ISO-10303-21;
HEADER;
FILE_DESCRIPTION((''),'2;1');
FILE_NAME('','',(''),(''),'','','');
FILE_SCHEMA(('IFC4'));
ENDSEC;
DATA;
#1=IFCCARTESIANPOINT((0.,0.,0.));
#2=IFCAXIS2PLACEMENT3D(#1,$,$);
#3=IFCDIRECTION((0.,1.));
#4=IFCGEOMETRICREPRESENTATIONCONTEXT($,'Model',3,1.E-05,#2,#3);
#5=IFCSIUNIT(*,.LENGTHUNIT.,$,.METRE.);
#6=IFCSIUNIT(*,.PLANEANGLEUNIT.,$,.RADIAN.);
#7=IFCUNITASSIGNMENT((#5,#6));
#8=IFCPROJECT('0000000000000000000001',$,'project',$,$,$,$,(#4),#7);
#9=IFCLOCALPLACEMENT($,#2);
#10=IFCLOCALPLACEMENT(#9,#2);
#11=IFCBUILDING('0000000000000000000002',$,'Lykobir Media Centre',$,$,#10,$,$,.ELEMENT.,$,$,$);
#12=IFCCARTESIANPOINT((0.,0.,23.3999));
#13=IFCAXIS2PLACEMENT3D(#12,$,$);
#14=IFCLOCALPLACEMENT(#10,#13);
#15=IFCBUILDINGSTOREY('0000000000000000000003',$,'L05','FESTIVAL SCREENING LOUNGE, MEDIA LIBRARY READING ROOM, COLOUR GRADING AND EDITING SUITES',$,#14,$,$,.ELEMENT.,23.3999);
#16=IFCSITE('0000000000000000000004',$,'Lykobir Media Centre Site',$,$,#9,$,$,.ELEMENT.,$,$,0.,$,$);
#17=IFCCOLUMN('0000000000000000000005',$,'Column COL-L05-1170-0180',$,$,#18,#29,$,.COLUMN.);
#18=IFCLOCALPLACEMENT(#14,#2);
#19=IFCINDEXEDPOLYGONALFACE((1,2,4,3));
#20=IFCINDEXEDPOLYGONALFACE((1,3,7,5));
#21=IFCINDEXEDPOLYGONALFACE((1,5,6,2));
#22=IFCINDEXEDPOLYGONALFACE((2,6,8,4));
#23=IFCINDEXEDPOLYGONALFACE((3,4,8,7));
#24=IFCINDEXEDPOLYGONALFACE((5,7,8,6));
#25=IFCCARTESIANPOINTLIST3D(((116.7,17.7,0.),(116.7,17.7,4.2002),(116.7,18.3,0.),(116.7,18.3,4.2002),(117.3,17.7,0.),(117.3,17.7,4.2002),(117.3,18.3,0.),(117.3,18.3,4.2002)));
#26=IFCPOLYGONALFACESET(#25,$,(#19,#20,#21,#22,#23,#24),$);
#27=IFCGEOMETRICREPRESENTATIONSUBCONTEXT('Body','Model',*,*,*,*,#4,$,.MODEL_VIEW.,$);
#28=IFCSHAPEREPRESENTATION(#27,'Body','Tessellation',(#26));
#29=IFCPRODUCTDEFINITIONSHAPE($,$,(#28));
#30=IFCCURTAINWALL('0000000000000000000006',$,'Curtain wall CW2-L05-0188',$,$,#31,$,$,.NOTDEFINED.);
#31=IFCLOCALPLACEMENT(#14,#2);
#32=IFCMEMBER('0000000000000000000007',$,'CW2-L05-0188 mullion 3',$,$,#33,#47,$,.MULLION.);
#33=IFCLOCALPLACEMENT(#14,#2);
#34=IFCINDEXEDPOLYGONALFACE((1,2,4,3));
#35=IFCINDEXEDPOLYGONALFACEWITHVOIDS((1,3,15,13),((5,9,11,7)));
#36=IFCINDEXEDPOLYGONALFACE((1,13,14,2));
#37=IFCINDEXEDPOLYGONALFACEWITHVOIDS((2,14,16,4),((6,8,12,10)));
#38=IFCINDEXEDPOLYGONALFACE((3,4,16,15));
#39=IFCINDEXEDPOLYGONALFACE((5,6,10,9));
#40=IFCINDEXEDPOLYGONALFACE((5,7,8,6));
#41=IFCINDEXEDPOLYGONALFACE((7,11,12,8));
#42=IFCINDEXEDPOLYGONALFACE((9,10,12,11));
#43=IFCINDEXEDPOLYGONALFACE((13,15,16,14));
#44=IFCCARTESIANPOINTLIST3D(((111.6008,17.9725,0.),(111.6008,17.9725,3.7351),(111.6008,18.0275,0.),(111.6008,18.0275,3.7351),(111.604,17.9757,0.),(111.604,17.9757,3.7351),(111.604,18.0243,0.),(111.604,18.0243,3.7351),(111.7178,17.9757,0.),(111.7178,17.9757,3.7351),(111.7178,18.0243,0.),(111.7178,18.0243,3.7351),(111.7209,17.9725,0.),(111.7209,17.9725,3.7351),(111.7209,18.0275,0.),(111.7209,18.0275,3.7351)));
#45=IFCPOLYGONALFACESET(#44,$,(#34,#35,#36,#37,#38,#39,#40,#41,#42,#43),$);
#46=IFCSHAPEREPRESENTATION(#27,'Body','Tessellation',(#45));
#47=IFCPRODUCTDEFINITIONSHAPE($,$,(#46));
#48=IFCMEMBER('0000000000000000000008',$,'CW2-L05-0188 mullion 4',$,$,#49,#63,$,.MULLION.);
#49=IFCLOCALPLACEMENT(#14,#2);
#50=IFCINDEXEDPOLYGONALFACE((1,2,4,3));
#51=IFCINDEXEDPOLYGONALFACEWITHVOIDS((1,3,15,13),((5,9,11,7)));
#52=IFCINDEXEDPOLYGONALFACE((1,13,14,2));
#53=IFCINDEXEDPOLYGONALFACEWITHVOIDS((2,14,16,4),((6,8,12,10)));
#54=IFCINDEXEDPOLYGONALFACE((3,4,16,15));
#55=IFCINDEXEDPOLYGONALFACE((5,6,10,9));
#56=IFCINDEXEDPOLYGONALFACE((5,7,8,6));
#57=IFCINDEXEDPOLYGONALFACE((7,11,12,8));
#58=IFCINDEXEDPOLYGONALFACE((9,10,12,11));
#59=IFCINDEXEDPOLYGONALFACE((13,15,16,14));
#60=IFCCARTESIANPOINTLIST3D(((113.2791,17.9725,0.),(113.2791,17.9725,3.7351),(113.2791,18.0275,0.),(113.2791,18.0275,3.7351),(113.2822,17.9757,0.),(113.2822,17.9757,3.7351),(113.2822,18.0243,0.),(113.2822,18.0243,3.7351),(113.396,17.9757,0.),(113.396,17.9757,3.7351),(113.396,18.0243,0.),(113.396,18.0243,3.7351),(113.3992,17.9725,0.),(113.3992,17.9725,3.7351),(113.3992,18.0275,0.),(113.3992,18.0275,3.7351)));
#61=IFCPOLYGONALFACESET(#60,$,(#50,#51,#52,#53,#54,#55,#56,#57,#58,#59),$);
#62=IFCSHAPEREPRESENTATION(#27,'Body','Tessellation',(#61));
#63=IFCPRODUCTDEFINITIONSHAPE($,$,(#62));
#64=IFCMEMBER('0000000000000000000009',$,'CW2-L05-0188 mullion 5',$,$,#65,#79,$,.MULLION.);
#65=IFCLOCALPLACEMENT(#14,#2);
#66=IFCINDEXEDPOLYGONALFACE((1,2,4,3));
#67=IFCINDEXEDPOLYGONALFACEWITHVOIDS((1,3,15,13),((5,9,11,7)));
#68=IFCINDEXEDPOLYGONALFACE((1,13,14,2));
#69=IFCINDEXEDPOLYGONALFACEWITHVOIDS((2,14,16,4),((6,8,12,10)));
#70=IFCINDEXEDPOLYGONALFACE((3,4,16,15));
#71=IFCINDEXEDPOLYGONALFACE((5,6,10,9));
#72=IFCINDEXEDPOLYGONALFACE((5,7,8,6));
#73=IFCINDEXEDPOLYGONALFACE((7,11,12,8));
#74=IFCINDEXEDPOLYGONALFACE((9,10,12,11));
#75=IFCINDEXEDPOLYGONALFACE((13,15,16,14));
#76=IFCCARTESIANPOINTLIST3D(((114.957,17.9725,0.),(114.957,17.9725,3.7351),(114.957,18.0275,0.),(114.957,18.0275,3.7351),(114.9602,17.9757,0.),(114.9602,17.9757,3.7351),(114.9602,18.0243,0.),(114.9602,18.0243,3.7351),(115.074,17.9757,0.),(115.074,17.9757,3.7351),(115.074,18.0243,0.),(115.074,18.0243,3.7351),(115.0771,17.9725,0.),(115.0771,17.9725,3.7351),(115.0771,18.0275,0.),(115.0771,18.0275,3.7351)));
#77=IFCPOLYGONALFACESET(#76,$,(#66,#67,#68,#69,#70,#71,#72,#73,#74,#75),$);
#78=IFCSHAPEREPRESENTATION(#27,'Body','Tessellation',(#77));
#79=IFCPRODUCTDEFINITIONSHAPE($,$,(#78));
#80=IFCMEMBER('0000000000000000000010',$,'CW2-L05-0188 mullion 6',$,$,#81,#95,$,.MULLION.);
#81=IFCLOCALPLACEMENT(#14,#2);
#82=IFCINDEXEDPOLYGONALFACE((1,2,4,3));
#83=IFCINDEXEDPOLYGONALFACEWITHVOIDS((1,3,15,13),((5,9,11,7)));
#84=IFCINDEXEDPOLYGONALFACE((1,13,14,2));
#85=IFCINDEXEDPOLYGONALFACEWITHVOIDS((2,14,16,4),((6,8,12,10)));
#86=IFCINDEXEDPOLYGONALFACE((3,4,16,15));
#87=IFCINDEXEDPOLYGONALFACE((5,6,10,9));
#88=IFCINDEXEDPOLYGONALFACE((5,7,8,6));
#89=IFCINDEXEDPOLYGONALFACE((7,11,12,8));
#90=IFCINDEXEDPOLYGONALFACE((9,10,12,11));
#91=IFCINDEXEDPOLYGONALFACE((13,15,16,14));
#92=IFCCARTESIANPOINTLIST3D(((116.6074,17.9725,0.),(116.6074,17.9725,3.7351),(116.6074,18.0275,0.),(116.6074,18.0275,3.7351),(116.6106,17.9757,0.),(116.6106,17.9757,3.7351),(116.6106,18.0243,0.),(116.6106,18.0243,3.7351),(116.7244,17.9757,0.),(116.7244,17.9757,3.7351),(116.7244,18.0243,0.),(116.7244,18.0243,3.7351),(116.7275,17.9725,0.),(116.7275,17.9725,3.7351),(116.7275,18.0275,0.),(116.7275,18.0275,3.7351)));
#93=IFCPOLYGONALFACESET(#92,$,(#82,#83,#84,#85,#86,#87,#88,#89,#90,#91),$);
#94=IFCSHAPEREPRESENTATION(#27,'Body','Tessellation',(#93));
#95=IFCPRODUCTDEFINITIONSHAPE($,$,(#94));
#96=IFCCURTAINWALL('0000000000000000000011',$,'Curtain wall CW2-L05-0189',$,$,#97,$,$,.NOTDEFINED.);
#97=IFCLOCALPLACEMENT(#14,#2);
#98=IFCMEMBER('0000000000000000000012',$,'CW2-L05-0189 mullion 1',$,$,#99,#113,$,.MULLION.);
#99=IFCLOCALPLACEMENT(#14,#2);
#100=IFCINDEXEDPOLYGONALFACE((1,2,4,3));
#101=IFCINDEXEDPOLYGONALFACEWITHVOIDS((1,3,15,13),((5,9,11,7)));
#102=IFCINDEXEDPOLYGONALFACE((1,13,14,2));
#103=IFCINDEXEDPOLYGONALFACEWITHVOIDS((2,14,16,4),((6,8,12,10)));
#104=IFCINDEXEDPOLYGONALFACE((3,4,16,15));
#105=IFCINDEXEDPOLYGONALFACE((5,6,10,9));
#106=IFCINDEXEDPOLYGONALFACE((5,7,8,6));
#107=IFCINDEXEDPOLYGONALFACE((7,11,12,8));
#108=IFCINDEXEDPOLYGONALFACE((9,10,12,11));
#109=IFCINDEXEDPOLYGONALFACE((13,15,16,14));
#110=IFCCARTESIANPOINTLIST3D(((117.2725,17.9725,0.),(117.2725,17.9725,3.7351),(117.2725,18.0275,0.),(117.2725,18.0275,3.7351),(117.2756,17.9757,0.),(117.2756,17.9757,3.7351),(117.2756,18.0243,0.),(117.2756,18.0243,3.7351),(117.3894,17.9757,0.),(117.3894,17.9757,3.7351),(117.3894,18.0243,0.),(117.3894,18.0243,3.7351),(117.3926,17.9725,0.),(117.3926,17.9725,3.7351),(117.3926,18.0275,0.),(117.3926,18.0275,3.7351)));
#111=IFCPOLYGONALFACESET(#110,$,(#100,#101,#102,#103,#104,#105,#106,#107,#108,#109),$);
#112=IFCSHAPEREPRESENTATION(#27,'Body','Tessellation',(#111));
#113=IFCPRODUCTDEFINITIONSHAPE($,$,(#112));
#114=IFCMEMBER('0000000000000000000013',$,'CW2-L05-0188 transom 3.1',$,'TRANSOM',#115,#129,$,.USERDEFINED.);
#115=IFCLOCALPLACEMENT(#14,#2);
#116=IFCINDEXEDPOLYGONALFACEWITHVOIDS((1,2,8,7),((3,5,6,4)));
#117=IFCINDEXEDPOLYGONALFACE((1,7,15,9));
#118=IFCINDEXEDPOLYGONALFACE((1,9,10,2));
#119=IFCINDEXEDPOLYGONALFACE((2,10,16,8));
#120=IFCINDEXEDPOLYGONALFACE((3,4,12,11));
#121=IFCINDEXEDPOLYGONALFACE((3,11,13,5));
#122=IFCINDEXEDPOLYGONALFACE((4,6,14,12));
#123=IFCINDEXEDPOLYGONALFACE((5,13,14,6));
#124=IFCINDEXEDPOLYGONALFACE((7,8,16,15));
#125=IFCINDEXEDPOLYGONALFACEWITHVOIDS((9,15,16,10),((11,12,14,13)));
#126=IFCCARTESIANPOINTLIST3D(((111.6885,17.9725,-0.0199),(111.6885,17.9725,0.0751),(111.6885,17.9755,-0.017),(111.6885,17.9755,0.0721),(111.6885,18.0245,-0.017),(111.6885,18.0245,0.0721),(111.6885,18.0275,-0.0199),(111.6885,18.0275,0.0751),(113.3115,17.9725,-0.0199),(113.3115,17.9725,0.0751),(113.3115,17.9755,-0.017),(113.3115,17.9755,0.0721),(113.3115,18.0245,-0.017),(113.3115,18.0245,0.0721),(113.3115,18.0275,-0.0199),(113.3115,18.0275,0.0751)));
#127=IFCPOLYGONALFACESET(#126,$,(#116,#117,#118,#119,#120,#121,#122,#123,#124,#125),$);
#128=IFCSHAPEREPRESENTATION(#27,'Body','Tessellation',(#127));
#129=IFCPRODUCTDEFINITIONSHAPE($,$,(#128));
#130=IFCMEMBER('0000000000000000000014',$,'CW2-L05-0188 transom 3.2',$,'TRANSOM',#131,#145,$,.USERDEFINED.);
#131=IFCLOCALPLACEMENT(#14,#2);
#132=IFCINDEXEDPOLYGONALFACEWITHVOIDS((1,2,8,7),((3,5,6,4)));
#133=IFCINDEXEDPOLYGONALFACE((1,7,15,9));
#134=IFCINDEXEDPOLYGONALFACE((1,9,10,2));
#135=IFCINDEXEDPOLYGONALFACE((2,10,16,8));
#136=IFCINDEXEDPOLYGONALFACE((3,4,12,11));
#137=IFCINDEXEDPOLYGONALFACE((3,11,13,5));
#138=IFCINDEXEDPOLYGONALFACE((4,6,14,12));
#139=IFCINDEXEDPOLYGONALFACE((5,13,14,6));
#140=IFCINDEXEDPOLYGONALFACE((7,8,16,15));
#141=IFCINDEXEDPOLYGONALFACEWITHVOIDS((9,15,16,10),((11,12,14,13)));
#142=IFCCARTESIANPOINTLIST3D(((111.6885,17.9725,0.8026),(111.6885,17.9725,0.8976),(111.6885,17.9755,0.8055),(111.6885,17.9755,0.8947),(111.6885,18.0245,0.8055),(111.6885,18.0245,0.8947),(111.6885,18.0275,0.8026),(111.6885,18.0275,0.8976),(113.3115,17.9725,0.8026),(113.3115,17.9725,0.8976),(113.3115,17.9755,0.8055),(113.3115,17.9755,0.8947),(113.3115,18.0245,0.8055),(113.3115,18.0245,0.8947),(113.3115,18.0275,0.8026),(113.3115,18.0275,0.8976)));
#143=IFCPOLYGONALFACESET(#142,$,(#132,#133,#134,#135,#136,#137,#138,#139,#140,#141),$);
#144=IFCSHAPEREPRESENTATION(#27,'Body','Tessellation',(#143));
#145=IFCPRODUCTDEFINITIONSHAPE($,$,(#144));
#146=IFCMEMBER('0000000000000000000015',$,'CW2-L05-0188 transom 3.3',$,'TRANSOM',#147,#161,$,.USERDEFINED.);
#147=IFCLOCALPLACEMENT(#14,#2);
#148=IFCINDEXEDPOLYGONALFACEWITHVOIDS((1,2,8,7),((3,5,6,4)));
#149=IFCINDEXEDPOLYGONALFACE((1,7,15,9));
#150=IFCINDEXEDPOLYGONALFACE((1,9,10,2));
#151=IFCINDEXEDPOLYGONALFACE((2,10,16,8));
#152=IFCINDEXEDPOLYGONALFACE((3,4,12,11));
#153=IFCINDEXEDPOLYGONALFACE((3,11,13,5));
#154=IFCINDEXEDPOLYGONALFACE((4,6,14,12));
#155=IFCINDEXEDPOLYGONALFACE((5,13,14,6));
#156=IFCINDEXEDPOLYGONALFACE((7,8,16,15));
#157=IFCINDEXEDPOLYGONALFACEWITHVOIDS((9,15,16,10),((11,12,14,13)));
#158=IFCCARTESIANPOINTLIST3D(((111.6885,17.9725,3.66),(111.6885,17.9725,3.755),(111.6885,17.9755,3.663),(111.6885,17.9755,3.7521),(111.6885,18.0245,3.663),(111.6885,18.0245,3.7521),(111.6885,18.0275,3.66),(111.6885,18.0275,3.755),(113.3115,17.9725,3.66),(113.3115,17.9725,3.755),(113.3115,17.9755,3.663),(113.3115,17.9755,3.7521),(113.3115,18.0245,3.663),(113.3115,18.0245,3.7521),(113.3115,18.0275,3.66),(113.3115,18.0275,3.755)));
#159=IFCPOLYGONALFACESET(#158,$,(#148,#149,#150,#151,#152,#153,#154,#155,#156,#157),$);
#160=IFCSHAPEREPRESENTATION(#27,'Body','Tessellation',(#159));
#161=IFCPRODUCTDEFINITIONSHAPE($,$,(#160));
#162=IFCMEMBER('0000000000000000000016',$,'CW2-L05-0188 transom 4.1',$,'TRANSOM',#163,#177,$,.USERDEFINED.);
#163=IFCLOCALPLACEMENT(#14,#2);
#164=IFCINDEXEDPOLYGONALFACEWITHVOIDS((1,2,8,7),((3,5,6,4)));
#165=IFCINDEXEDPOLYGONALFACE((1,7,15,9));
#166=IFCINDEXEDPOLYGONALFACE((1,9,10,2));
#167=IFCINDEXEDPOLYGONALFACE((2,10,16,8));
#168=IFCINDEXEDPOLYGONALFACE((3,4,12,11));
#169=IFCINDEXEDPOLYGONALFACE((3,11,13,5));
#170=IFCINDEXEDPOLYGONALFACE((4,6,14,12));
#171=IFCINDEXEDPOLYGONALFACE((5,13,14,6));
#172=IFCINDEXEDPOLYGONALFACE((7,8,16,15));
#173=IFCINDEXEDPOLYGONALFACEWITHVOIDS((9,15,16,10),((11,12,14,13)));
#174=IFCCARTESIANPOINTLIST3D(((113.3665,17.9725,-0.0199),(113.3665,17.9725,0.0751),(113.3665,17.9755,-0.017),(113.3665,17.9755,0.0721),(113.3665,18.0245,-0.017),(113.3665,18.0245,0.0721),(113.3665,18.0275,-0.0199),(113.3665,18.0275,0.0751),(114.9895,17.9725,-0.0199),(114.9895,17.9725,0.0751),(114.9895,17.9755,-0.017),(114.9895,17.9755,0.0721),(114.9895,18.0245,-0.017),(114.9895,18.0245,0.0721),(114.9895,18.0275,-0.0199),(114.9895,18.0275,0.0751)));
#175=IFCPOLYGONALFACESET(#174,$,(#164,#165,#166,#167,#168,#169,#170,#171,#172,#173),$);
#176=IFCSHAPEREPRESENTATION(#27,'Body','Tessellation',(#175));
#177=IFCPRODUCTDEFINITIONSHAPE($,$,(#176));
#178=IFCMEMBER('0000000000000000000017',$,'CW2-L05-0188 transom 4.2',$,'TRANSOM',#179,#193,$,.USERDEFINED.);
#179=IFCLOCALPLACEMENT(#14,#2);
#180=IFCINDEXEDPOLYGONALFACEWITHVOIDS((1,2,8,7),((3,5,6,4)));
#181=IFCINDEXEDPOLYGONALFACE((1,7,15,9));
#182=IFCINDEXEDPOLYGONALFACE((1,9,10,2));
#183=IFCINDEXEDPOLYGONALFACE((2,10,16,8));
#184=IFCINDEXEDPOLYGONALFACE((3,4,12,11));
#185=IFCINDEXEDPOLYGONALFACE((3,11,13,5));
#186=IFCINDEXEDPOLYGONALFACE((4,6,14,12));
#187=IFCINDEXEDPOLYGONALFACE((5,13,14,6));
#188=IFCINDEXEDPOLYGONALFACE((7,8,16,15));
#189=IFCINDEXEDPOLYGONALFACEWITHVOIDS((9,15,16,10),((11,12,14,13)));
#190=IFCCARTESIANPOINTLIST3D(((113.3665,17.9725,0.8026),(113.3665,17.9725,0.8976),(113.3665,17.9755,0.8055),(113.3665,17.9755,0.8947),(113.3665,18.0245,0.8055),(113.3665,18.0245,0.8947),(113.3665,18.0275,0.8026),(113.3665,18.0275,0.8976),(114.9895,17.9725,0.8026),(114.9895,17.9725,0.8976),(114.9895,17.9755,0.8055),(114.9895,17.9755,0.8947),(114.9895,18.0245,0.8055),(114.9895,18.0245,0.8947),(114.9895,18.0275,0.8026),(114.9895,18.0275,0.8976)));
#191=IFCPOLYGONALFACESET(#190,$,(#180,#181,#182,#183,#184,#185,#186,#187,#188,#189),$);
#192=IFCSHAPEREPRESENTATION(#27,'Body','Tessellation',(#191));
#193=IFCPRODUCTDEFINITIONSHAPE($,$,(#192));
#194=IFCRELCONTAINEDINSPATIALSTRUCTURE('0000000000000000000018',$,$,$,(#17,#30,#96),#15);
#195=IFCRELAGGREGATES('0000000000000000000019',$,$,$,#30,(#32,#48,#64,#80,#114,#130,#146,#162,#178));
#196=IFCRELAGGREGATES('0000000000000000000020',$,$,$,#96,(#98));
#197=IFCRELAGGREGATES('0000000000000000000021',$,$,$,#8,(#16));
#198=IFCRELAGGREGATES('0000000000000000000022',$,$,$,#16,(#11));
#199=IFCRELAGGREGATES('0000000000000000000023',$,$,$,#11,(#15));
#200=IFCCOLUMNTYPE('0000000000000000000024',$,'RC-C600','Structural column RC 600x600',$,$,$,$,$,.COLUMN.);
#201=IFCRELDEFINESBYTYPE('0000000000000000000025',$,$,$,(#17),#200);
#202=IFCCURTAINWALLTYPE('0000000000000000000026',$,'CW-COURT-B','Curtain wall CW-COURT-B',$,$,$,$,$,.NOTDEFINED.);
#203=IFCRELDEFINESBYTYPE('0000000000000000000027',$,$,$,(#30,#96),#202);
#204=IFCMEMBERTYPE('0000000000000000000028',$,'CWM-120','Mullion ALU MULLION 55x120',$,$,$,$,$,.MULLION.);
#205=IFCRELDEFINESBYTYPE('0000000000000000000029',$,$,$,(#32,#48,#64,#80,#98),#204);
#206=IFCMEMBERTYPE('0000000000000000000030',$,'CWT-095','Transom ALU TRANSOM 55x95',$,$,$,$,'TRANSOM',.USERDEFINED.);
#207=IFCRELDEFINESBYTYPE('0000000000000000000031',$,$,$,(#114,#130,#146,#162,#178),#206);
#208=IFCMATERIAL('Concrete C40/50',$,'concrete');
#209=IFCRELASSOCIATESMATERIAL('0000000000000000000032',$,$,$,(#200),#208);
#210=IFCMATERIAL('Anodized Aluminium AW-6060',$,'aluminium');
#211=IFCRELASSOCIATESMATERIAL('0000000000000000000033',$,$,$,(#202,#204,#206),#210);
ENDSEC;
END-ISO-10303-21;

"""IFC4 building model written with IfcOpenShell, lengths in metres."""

from ifc_helpers import new_model, si_unit, direction, frame, origin, origin_2d, place, context, subcontext, project, spatial, rectangle, hollow_rectangle, extrude, material, material_profile, profile_set, type_object, element, aggregate, save


model = new_model("IFC4")

# Units and contexts
model_context = context("Model", 3, precision=1e-05, world=origin(), true_north=direction((0.0, 1.0)))
body_context = subcontext(model_context, "Body", "Model", "MODEL_VIEW")
ifc_project = project(units=[si_unit("LENGTHUNIT", "METRE"), si_unit("PLANEANGLEUNIT", "RADIAN")], contexts=[model_context])

# Site, building, storey
site_placement = place(None, origin())
site = spatial("IfcSite", under=ifc_project, at=site_placement, Name="Lykobir Media Centre Site", CompositionType="ELEMENT", RefElevation=0.0)
building_placement = place(site_placement, origin())
building = spatial("IfcBuilding", under=site, at=building_placement, Name="Lykobir Media Centre", CompositionType="ELEMENT")
storey_placement = place(building_placement, frame((0.0, 0.0, 23.3999)))
storey = spatial("IfcBuildingStorey", under=building, at=storey_placement, Name="L05", Description="FESTIVAL SCREENING LOUNGE, MEDIA LIBRARY READING ROOM, COLOUR GRADING AND EDITING SUITES", CompositionType="ELEMENT", Elevation=23.3999)

# Column
ifc_material_1 = material(Name="Concrete C40/50", Category="concrete")
ifc_material_profile_1 = material_profile(ifc_material_1, rectangle(XDim=0.6001, YDim=0.6001, at=origin_2d()), Name="RC 600x600")
ifc_profile_set_1 = profile_set([ifc_material_profile_1], Name="Concrete C40/50")
column_type = type_object("IfcColumnType", Name="RC-C600", Description="Structural column RC 600x600", PredefinedType="COLUMN", material=ifc_profile_set_1)
column_placement = place(storey_placement, frame((117.0, 18.0, 0.0), z_axis=(0.0, 0.0, 1.0), x_axis=(1.0, 0.0, 0.0)))
element("IfcColumn", 1, at=column_placement, inside=storey, type_object=column_type, Name="Column COL-L05-1170-0180", PredefinedType="COLUMN", context=body_context, shape_type="SweptSolid", body=[
    extrude(rectangle(XDim=0.6001, YDim=0.6001, at=origin_2d()), origin(), (0.0, 0.0, 1.0), 4.2002),
])

# Curtain wall, members
ifc_material_2 = material(Name="Anodized Aluminium AW-6060", Category="aluminium")
curtain_wall_type = type_object("IfcCurtainWallType", Name="CW-COURT-B", Description="Curtain wall CW-COURT-B", PredefinedType="NOTDEFINED", material=ifc_material_2)
curtain_wall_1_placement = place(storey_placement, origin())
curtain_wall_1 = element("IfcCurtainWall", 2, at=curtain_wall_1_placement, inside=storey, type_object=curtain_wall_type, Name="Curtain wall CW2-L05-0188", PredefinedType="NOTDEFINED")
ifc_material_profile_2 = material_profile(ifc_material_2, hollow_rectangle(XDim=0.0549, YDim=0.1201, WallThickness=0.0032, at=origin_2d()), Name="ALU MULLION 55x120")
ifc_profile_set_2 = profile_set([ifc_material_profile_2], Name="Anodized Aluminium AW-6060")
member_type_1 = type_object("IfcMemberType", Name="CWM-120", Description="Mullion ALU MULLION 55x120", PredefinedType="MULLION", material=ifc_profile_set_2)
member_1_placement = place(storey_placement, frame((111.6609, 18.0, 0.0), z_axis=(0.0, 0.0, 1.0), x_axis=(0.0, 1.0, 0.0)))
member_1 = element("IfcMember", 3, at=member_1_placement, type_object=member_type_1, Name="CW2-L05-0188 mullion 3", PredefinedType="MULLION", context=body_context, shape_type="SweptSolid", body=[
    extrude(hollow_rectangle(XDim=0.0549, YDim=0.1201, WallThickness=0.0032, at=origin_2d()), origin(), (0.0, 0.0, 1.0), 3.7351),
])
member_2_placement = place(storey_placement, frame((113.3391, 18.0, 0.0), z_axis=(0.0, 0.0, 1.0), x_axis=(0.0, 1.0, 0.0)))
member_2 = element("IfcMember", 4, at=member_2_placement, type_object=member_type_1, Name="CW2-L05-0188 mullion 4", PredefinedType="MULLION", context=body_context, shape_type="SweptSolid", body=[
    extrude(hollow_rectangle(XDim=0.0549, YDim=0.1201, WallThickness=0.0032, at=origin_2d()), origin(), (0.0, 0.0, 1.0), 3.7351),
])
member_3_placement = place(storey_placement, frame((115.0171, 18.0, 0.0), z_axis=(0.0, 0.0, 1.0), x_axis=(0.0, 1.0, 0.0)))
member_3 = element("IfcMember", 5, at=member_3_placement, type_object=member_type_1, Name="CW2-L05-0188 mullion 5", PredefinedType="MULLION", context=body_context, shape_type="SweptSolid", body=[
    extrude(hollow_rectangle(XDim=0.0549, YDim=0.1201, WallThickness=0.0032, at=origin_2d()), origin(), (0.0, 0.0, 1.0), 3.7351),
])
member_4_placement = place(storey_placement, frame((116.6675, 18.0, 0.0), z_axis=(0.0, 0.0, 1.0), x_axis=(0.0, 1.0, 0.0)))
member_4 = element("IfcMember", 6, at=member_4_placement, type_object=member_type_1, Name="CW2-L05-0188 mullion 6", PredefinedType="MULLION", context=body_context, shape_type="SweptSolid", body=[
    extrude(hollow_rectangle(XDim=0.0549, YDim=0.1201, WallThickness=0.0032, at=origin_2d()), origin(), (0.0, 0.0, 1.0), 3.7351),
])

# Curtain wall, member
curtain_wall_2_placement = place(storey_placement, origin())
curtain_wall_2 = element("IfcCurtainWall", 7, at=curtain_wall_2_placement, inside=storey, type_object=curtain_wall_type, Name="Curtain wall CW2-L05-0189", PredefinedType="NOTDEFINED")
member_5_placement = place(storey_placement, frame((117.3325, 18.0, 0.0), z_axis=(0.0, 0.0, 1.0), x_axis=(0.0, 1.0, 0.0)))
member_5 = element("IfcMember", 8, at=member_5_placement, type_object=member_type_1, Name="CW2-L05-0189 mullion 1", PredefinedType="MULLION", context=body_context, shape_type="SweptSolid", body=[
    extrude(hollow_rectangle(XDim=0.0549, YDim=0.1201, WallThickness=0.0032, at=origin_2d()), origin(), (0.0, 0.0, 1.0), 3.7351),
])

# Members
ifc_material_profile_3 = material_profile(ifc_material_2, hollow_rectangle(XDim=0.0549, YDim=0.095, WallThickness=0.0029, at=origin_2d()), Name="ALU TRANSOM 55x95")
ifc_profile_set_3 = profile_set([ifc_material_profile_3], Name="Anodized Aluminium AW-6060")
member_type_2 = type_object("IfcMemberType", Name="CWT-095", Description="Transom ALU TRANSOM 55x95", ElementType="TRANSOM", PredefinedType="USERDEFINED", material=ifc_profile_set_3)
member_6_placement = place(storey_placement, frame((111.6885, 18.0, 0.0276), z_axis=(1.0, 0.0, 0.0), x_axis=(0.0, 1.0, 0.0)))
member_6 = element("IfcMember", 9, at=member_6_placement, type_object=member_type_2, Name="CW2-L05-0188 transom 3.1", ObjectType="TRANSOM", PredefinedType="USERDEFINED", context=body_context, shape_type="SweptSolid", body=[
    extrude(hollow_rectangle(XDim=0.0549, YDim=0.095, WallThickness=0.0029, at=origin_2d()), origin(), (0.0, 0.0, 1.0), 1.623),
])
member_7_placement = place(storey_placement, frame((111.6885, 18.0, 0.8501), z_axis=(1.0, 0.0, 0.0), x_axis=(0.0, 1.0, 0.0)))
member_7 = element("IfcMember", 10, at=member_7_placement, type_object=member_type_2, Name="CW2-L05-0188 transom 3.2", ObjectType="TRANSOM", PredefinedType="USERDEFINED", context=body_context, shape_type="SweptSolid", body=[
    extrude(hollow_rectangle(XDim=0.0549, YDim=0.095, WallThickness=0.0029, at=origin_2d()), origin(), (0.0, 0.0, 1.0), 1.623),
])
member_8_placement = place(storey_placement, frame((111.6885, 18.0, 3.7075), z_axis=(1.0, 0.0, 0.0), x_axis=(0.0, 1.0, 0.0)))
member_8 = element("IfcMember", 11, at=member_8_placement, type_object=member_type_2, Name="CW2-L05-0188 transom 3.3", ObjectType="TRANSOM", PredefinedType="USERDEFINED", context=body_context, shape_type="SweptSolid", body=[
    extrude(hollow_rectangle(XDim=0.0549, YDim=0.095, WallThickness=0.0029, at=origin_2d()), origin(), (0.0, 0.0, 1.0), 1.623),
])
member_9_placement = place(storey_placement, frame((113.3665, 18.0, 0.0276), z_axis=(1.0, 0.0, 0.0), x_axis=(0.0, 1.0, 0.0)))
member_9 = element("IfcMember", 12, at=member_9_placement, type_object=member_type_2, Name="CW2-L05-0188 transom 4.1", ObjectType="TRANSOM", PredefinedType="USERDEFINED", context=body_context, shape_type="SweptSolid", body=[
    extrude(hollow_rectangle(XDim=0.0549, YDim=0.095, WallThickness=0.0029, at=origin_2d()), origin(), (0.0, 0.0, 1.0), 1.623),
])
member_10_placement = place(storey_placement, frame((113.3665, 18.0, 0.8501), z_axis=(1.0, 0.0, 0.0), x_axis=(0.0, 1.0, 0.0)))
member_10 = element("IfcMember", 13, at=member_10_placement, type_object=member_type_2, Name="CW2-L05-0188 transom 4.2", ObjectType="TRANSOM", PredefinedType="USERDEFINED", context=body_context, shape_type="SweptSolid", body=[
    extrude(hollow_rectangle(XDim=0.0549, YDim=0.095, WallThickness=0.0029, at=origin_2d()), origin(), (0.0, 0.0, 1.0), 1.623),
])

aggregate(curtain_wall_1, [member_1, member_2, member_3, member_4, member_6, member_7, member_8, member_9, member_10])
aggregate(curtain_wall_2, [member_5])

save(model, "model.ifc")
